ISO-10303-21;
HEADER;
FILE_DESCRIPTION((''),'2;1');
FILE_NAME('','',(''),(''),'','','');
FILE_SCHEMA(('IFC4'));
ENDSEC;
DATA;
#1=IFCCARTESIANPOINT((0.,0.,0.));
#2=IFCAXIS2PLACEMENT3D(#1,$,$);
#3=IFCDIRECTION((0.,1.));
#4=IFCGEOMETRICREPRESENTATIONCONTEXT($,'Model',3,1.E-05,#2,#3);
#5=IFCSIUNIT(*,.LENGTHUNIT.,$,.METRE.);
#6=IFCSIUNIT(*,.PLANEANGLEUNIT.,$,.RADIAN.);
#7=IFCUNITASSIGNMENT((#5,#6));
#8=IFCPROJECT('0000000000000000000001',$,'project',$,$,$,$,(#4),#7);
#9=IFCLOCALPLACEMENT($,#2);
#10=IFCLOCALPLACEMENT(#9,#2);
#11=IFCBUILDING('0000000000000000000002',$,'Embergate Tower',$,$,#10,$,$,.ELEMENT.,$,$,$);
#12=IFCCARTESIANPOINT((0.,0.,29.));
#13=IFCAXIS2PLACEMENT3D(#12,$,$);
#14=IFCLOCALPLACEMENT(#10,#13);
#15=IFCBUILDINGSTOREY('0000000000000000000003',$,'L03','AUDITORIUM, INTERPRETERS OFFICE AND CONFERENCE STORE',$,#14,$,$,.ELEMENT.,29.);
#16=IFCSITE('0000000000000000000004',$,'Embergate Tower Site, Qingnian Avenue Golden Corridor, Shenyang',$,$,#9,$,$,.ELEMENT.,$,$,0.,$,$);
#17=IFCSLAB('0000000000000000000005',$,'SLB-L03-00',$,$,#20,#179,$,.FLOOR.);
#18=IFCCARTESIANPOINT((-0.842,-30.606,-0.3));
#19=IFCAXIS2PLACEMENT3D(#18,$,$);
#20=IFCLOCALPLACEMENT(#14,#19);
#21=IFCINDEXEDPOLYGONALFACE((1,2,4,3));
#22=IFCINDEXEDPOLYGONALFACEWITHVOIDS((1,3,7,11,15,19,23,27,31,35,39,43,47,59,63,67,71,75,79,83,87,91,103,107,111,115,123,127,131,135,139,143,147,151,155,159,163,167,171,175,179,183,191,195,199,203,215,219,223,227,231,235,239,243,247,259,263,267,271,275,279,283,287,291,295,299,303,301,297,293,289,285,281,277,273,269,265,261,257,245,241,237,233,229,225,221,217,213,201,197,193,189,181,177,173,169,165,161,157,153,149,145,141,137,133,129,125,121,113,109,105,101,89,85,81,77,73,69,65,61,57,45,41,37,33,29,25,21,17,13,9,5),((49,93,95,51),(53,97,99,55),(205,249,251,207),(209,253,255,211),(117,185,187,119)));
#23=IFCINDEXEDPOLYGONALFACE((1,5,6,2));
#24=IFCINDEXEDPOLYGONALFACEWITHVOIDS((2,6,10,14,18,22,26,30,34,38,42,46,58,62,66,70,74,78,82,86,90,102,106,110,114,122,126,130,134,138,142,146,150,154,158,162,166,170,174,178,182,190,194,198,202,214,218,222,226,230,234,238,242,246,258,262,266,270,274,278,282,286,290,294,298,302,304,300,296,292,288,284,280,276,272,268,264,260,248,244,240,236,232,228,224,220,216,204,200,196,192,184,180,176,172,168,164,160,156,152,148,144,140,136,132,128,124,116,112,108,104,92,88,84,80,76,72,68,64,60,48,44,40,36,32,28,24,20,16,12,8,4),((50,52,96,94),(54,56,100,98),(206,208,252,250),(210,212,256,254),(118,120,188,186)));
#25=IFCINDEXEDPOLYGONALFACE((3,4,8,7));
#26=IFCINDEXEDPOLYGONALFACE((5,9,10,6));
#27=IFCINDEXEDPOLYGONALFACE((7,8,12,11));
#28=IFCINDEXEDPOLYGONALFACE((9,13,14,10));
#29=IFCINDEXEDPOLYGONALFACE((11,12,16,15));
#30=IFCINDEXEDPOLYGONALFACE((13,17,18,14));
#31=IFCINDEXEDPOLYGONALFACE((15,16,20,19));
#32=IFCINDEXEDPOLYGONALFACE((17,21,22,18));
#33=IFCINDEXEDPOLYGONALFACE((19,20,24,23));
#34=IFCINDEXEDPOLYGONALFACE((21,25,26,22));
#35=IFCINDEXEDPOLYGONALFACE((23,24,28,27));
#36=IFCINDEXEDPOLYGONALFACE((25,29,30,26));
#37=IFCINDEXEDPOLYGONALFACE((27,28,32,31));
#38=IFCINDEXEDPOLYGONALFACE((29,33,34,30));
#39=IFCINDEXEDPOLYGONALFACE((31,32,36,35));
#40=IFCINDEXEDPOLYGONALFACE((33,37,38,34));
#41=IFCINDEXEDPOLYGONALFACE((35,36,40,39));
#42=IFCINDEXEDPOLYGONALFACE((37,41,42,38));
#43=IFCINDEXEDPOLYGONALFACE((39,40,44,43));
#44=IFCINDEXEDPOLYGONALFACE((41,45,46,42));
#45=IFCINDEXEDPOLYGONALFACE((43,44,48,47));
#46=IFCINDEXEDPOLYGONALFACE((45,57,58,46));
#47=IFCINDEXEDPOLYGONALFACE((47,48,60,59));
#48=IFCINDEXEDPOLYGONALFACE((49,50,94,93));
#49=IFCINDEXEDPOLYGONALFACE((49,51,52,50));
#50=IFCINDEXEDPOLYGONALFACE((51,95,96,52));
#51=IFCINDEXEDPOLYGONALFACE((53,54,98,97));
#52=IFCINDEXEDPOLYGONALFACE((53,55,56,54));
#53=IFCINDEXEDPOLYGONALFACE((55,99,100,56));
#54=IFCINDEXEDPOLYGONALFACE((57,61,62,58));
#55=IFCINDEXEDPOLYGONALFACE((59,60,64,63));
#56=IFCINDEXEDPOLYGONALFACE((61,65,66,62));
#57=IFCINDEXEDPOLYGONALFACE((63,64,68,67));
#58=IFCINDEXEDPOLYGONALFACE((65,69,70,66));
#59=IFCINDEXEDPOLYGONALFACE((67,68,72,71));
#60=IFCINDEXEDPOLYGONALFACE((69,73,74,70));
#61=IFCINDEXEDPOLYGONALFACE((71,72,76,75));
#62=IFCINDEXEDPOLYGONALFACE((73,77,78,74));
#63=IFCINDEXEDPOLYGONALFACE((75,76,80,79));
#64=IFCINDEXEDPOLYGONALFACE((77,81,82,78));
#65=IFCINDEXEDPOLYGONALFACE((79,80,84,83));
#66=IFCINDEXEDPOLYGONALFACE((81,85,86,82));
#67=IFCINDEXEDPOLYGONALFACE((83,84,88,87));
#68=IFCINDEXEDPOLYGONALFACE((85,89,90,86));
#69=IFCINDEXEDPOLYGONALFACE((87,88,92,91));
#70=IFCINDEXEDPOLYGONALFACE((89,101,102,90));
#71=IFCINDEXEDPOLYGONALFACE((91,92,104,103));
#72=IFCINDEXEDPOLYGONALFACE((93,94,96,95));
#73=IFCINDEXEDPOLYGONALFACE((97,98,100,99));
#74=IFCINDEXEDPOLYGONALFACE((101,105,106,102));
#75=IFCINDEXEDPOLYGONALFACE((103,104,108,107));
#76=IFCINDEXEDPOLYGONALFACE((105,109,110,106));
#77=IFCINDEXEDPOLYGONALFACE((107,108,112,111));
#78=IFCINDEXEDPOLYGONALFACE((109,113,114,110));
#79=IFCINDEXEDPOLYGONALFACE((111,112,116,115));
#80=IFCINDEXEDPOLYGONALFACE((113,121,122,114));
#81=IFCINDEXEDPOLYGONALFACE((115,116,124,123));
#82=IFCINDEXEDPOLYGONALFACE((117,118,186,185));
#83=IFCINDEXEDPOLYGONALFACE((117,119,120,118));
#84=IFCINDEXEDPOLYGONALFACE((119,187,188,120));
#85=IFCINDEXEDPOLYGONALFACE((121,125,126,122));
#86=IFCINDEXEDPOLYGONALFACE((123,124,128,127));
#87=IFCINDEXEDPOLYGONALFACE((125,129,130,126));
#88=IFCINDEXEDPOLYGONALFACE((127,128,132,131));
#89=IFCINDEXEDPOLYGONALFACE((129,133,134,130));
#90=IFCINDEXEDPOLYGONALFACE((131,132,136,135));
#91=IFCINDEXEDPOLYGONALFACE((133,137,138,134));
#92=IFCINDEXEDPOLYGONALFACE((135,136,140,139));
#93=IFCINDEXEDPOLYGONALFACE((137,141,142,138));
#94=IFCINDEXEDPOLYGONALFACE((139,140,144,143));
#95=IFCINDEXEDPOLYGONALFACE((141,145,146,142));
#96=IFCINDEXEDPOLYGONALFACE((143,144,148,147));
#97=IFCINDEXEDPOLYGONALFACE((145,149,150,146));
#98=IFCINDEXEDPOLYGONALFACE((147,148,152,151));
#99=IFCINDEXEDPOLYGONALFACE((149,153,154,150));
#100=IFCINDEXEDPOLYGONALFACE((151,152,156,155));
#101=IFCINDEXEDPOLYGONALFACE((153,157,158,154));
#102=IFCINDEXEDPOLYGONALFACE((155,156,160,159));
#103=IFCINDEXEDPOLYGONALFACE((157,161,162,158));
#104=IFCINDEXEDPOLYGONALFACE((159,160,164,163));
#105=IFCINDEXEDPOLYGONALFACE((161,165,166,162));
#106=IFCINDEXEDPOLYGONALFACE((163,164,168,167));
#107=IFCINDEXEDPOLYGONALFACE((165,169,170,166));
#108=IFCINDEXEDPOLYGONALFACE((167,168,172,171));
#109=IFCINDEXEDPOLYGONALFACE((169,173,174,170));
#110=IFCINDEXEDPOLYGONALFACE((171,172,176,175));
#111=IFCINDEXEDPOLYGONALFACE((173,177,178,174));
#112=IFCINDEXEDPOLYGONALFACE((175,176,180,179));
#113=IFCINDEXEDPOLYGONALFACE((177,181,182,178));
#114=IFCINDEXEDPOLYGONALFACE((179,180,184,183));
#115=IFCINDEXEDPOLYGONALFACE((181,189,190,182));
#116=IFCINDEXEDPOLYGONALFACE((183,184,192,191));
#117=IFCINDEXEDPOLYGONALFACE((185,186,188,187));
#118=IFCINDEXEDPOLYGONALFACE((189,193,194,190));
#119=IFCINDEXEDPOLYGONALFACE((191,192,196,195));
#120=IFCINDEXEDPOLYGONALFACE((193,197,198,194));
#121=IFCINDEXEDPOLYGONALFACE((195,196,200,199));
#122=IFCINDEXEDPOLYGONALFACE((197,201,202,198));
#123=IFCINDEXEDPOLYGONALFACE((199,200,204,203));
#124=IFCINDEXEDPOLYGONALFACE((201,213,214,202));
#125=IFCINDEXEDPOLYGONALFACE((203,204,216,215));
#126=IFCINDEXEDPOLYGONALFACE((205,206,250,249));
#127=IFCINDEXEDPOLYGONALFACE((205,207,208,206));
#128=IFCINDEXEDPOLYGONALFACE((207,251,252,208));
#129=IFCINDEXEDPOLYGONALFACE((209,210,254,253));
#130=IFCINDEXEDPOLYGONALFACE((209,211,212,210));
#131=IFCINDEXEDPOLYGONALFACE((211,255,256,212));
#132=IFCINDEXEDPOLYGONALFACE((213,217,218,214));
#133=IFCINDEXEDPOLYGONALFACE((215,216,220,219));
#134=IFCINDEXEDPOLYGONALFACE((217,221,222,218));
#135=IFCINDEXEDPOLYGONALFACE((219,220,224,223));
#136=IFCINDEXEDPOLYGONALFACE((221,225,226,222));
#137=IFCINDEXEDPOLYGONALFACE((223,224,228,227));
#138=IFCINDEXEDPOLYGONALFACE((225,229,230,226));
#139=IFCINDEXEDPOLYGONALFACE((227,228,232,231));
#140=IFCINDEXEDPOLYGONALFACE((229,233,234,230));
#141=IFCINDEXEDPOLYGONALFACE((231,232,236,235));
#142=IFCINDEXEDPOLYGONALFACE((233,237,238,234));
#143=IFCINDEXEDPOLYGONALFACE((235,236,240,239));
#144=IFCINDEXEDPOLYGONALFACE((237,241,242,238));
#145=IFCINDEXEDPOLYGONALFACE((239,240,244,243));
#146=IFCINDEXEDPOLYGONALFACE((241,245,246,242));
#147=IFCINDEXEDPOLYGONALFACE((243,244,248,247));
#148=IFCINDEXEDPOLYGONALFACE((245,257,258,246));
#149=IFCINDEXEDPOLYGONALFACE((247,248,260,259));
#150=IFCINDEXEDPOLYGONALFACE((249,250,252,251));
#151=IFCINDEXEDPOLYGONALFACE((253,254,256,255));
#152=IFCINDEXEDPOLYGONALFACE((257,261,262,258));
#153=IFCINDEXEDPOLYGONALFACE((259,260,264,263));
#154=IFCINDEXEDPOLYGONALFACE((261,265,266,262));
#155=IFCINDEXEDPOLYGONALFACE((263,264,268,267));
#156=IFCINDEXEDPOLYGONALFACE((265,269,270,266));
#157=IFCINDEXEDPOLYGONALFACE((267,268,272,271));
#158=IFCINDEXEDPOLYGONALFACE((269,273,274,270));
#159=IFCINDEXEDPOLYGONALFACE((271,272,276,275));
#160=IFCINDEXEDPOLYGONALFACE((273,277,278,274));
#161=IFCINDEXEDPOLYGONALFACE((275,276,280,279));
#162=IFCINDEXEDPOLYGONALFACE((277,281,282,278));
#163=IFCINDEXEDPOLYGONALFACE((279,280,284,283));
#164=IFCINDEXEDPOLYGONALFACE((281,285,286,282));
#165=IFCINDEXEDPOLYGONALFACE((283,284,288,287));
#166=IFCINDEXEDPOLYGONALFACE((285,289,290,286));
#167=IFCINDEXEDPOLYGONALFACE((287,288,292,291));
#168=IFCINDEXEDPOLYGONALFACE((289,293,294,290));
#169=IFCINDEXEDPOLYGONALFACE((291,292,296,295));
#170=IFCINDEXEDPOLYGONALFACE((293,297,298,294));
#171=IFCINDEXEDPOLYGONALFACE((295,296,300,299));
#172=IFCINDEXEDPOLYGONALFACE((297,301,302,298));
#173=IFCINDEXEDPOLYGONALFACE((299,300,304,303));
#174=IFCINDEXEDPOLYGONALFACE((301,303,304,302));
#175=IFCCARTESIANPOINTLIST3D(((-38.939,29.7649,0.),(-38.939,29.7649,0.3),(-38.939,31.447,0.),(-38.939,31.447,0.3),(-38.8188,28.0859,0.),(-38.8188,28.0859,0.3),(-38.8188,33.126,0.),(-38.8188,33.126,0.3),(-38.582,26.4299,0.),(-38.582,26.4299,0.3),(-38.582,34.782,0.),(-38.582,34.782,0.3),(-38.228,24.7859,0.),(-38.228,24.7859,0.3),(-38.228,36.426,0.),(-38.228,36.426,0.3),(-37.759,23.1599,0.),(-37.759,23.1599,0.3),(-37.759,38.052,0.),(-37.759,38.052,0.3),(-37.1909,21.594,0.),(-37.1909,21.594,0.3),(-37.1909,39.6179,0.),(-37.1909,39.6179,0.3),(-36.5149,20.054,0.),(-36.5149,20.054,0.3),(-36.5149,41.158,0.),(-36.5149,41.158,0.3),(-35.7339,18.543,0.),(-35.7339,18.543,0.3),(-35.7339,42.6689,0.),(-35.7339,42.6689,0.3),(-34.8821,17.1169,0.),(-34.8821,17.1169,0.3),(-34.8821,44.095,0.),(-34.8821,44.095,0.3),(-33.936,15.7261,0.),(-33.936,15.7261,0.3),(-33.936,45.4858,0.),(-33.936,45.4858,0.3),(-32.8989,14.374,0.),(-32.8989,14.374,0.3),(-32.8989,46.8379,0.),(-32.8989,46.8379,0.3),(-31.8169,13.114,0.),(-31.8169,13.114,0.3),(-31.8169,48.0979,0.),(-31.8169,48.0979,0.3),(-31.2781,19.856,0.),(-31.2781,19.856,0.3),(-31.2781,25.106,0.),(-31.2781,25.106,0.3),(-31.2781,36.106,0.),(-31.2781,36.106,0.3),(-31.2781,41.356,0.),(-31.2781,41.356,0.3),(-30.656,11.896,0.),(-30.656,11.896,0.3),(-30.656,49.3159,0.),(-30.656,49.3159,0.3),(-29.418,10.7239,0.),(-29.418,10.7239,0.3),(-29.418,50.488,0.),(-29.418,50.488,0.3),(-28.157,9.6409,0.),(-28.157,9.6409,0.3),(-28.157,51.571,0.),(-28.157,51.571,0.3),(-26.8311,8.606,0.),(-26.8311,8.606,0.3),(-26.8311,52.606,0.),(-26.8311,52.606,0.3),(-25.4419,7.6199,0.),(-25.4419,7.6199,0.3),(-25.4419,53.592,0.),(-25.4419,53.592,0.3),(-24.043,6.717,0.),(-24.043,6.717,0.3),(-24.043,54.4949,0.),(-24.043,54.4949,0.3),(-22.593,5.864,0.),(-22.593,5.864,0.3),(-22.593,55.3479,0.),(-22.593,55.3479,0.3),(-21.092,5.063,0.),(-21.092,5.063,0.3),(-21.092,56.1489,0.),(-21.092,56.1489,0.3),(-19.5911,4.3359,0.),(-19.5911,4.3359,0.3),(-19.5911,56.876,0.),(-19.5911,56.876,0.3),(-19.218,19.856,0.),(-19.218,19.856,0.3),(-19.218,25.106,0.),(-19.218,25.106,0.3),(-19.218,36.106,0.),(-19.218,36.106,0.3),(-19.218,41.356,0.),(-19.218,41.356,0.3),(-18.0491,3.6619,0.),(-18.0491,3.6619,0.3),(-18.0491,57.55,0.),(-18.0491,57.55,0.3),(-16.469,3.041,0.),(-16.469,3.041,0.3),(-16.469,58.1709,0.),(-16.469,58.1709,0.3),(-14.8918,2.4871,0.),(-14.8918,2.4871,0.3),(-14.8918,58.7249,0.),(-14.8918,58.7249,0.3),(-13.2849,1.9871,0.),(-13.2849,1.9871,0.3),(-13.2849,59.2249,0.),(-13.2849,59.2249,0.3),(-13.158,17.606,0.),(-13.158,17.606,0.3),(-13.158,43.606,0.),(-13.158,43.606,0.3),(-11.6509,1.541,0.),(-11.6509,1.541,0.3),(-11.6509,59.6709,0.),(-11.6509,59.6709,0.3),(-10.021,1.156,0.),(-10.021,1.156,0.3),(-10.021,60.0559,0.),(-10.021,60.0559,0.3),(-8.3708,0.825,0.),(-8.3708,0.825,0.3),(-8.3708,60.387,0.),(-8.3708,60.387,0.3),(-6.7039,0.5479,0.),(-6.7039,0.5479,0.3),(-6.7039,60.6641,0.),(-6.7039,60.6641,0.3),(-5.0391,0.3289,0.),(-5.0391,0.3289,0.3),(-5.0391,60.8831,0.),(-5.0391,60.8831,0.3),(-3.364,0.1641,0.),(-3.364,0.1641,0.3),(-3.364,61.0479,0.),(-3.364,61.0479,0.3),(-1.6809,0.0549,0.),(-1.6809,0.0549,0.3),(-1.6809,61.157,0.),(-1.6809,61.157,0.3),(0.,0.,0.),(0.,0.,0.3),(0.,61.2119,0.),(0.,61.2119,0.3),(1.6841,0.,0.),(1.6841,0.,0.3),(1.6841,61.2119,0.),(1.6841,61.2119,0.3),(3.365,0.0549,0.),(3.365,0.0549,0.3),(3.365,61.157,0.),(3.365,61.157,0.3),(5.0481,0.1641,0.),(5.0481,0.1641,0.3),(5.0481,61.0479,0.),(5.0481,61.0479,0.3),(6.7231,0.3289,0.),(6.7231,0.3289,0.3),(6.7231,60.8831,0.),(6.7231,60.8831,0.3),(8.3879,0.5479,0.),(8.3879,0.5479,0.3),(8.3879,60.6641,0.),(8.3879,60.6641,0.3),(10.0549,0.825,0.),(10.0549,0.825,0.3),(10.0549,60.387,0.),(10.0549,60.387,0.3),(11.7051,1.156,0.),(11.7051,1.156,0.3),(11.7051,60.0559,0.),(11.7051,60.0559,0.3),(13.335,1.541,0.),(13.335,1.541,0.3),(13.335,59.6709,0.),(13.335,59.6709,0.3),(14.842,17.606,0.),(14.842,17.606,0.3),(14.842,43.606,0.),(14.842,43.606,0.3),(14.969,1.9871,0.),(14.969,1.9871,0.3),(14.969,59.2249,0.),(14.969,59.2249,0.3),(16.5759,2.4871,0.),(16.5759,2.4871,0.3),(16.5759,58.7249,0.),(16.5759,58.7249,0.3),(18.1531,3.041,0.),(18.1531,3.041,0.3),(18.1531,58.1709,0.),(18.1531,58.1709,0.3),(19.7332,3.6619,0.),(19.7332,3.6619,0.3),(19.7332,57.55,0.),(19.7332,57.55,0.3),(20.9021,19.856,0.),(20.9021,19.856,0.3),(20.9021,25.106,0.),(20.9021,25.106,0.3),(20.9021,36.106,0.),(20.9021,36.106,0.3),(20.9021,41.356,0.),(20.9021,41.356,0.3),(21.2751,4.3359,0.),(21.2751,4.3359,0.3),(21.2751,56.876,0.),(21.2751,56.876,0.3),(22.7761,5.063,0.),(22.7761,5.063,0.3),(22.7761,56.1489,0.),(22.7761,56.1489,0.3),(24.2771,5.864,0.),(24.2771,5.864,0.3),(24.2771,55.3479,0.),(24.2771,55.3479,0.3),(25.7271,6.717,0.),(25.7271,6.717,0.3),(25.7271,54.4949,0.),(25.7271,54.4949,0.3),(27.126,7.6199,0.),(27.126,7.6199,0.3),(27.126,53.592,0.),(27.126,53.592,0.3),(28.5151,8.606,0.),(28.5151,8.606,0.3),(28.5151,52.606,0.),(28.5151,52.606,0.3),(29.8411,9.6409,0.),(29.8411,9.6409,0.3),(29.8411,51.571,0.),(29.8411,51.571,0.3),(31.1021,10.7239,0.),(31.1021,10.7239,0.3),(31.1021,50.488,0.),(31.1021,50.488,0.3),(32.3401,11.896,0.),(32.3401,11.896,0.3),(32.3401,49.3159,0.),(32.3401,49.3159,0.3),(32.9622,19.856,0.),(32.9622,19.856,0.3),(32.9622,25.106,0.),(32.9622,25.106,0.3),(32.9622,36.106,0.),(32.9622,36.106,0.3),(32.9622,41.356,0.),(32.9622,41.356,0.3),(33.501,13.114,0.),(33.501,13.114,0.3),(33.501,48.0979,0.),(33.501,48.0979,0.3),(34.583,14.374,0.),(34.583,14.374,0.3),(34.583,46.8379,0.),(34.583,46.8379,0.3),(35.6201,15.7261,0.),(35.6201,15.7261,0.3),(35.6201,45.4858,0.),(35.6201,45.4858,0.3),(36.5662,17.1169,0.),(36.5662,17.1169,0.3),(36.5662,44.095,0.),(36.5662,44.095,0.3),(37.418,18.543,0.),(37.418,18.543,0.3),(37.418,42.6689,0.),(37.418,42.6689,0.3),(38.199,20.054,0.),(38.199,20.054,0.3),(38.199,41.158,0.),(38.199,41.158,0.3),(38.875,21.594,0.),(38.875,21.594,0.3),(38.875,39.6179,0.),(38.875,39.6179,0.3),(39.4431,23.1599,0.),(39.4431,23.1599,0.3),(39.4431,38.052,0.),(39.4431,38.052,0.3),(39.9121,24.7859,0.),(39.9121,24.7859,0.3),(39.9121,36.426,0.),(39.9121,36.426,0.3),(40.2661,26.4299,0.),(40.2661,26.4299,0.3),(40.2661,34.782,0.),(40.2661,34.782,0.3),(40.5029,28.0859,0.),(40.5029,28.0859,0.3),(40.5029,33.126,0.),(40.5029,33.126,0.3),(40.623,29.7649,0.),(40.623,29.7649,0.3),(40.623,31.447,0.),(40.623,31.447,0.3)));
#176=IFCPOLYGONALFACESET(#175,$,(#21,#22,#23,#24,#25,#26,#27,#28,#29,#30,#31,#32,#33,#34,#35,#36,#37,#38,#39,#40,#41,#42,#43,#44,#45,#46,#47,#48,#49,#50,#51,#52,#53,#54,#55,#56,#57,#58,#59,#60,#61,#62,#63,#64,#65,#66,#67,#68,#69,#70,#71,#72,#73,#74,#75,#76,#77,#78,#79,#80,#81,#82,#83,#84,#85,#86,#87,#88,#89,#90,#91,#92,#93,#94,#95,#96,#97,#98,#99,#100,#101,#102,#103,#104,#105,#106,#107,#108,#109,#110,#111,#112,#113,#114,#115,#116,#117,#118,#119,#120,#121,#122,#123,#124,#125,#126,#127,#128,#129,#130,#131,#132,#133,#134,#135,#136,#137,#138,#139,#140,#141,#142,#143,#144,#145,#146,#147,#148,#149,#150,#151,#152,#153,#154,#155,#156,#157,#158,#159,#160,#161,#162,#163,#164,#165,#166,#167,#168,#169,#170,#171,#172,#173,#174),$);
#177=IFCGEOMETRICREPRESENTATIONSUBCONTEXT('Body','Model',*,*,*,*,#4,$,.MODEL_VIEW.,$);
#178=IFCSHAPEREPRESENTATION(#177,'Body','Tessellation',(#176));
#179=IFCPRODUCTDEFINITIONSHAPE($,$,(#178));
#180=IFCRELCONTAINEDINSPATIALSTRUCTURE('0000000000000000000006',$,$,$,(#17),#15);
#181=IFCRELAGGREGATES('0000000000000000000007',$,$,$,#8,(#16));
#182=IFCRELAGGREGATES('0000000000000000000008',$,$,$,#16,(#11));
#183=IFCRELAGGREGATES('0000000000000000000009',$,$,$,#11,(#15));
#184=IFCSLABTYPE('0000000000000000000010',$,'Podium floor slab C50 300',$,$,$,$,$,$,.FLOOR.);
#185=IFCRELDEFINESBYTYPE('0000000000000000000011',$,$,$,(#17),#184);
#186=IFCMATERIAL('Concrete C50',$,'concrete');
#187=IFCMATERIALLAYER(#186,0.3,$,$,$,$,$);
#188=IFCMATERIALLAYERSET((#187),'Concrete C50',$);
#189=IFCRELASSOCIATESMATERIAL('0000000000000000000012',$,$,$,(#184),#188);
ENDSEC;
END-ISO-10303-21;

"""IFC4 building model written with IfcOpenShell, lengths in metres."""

from ifc_helpers import new_model, si_unit, direction, frame, origin, place, context, subcontext, project, spatial, polyline, outline, extrude, source, transform, mapped, material, layer, layer_set, type_object, element, save


model = new_model("IFC4")

# Units and contexts
model_context = context("Model", 3, precision=1e-05, world=origin(), true_north=direction((0.0, 1.0)))
body_context = subcontext(model_context, "Body", "Model", "MODEL_VIEW")
ifc_project = project(units=[si_unit("LENGTHUNIT", "METRE"), si_unit("PLANEANGLEUNIT", "RADIAN")], contexts=[model_context])

# Site, building, storey
site_placement = place(None, origin())
site = spatial("IfcSite", under=ifc_project, at=site_placement, Name="Embergate Tower Site, Qingnian Avenue Golden Corridor, Shenyang", CompositionType="ELEMENT", RefElevation=0.0)
building_placement = place(site_placement, origin())
building = spatial("IfcBuilding", under=site, at=building_placement, Name="Embergate Tower", CompositionType="ELEMENT")
storey_placement = place(building_placement, frame((0.0, 0.0, 29.0)))
storey = spatial("IfcBuildingStorey", under=building, at=storey_placement, Name="L03", Description="AUDITORIUM, INTERPRETERS OFFICE AND CONFERENCE STORE", CompositionType="ELEMENT", Elevation=29.0)

# Slab
ifc_material_1 = material(Name="Concrete C50", Category="concrete")
ifc_layer = layer(ifc_material_1, 0.3)
ifc_layer_set = layer_set([ifc_layer], Name="Concrete C50")
slab_type = type_object("IfcSlabType", Name="Podium floor slab C50 300", PredefinedType="FLOOR", material=ifc_layer_set)
shared_shape_1 = source(origin(), body_context, "Body", "SweptSolid", [
    extrude(outline(polyline([(0.0, 0.0), (1.6841, 0.0), (3.365, 0.0549), (5.0481, 0.1641), (6.7231, 0.3289), (8.3879, 0.5479), (10.0549, 0.825), (11.7051, 1.156), (13.335, 1.541), (14.969, 1.9871), (16.5759, 2.4871), (18.1531, 3.041), (19.7332, 3.6619), (21.2751, 4.3359), (22.7761, 5.063), (24.2771, 5.864), (25.7271, 6.717), (27.126, 7.6199), (28.5151, 8.606), (29.8411, 9.6409), (31.1021, 10.7239), (32.3401, 11.896), (33.501, 13.114), (34.583, 14.374), (35.6201, 15.7261), (36.5662, 17.1169), (37.418, 18.543), (38.199, 20.054), (38.875, 21.594), (39.4431, 23.1599), (39.9121, 24.7859), (40.2661, 26.4299), (40.5029, 28.0859), (40.623, 29.7649), (40.623, 31.447), (40.5029, 33.126), (40.2661, 34.782), (39.9121, 36.426), (39.4431, 38.052), (38.875, 39.6179), (38.199, 41.158), (37.418, 42.6689), (36.5662, 44.095), (35.6201, 45.4858), (34.583, 46.8379), (33.501, 48.0979), (32.3401, 49.3159), (31.1021, 50.488), (29.8411, 51.571), (28.5151, 52.606), (27.126, 53.592), (25.7271, 54.4949), (24.2771, 55.3479), (22.7761, 56.1489), (21.2751, 56.876), (19.7332, 57.55), (18.1531, 58.1709), (16.5759, 58.7249), (14.969, 59.2249), (13.335, 59.6709), (11.7051, 60.0559), (10.0549, 60.387), (8.3879, 60.6641), (6.7231, 60.8831), (5.0481, 61.0479), (3.365, 61.157), (1.6841, 61.2119), (0.0, 61.2119), (-1.6809, 61.157), (-3.364, 61.0479), (-5.0391, 60.8831), (-6.7039, 60.6641), (-8.3708, 60.387), (-10.021, 60.0559), (-11.6509, 59.6709), (-13.2849, 59.2249), (-14.8918, 58.7249), (-16.469, 58.1709), (-18.0491, 57.55), (-19.5911, 56.876), (-21.092, 56.1489), (-22.593, 55.3479), (-24.043, 54.4949), (-25.4419, 53.592), (-26.8311, 52.606), (-28.157, 51.571), (-29.418, 50.488), (-30.656, 49.3159), (-31.8169, 48.0979), (-32.8989, 46.8379), (-33.936, 45.4858), (-34.8821, 44.095), (-35.7339, 42.6689), (-36.5149, 41.158), (-37.1909, 39.6179), (-37.759, 38.052), (-38.228, 36.426), (-38.582, 34.782), (-38.8188, 33.126), (-38.939, 31.447), (-38.939, 29.7649), (-38.8188, 28.0859), (-38.582, 26.4299), (-38.228, 24.7859), (-37.759, 23.1599), (-37.1909, 21.594), (-36.5149, 20.054), (-35.7339, 18.543), (-34.8821, 17.1169), (-33.936, 15.7261), (-32.8989, 14.374), (-31.8169, 13.114), (-30.656, 11.896), (-29.418, 10.7239), (-28.157, 9.6409), (-26.8311, 8.606), (-25.4419, 7.6199), (-24.043, 6.717), (-22.593, 5.864), (-21.092, 5.063), (-19.5911, 4.3359), (-18.0491, 3.6619), (-16.469, 3.041), (-14.8918, 2.4871), (-13.2849, 1.9871), (-11.6509, 1.541), (-10.021, 1.156), (-8.3708, 0.825), (-6.7039, 0.5479), (-5.0391, 0.3289), (-3.364, 0.1641), (-1.6809, 0.0549), (0.0, 0.0)]), holes=[polyline([(-13.158, 17.606), (-13.158, 43.606), (14.842, 43.606), (14.842, 17.606), (-13.158, 17.606)]), polyline([(-31.2781, 19.856), (-31.2781, 25.106), (-19.218, 25.106), (-19.218, 19.856), (-31.2781, 19.856)]), polyline([(20.9021, 19.856), (20.9021, 25.106), (32.9622, 25.106), (32.9622, 19.856), (20.9021, 19.856)]), polyline([(-31.2781, 36.106), (-31.2781, 41.356), (-19.218, 41.356), (-19.218, 36.106), (-31.2781, 36.106)]), polyline([(20.9021, 36.106), (20.9021, 41.356), (32.9622, 41.356), (32.9622, 36.106), (20.9021, 36.106)])]), origin(), (0.0, 0.0, 1.0), 0.3),
])
slab_placement = place(storey_placement, frame((-0.842, -30.606, -0.3)))
element("IfcSlab", 1, at=slab_placement, inside=storey, type_object=slab_type, Name="SLB-L03-00", PredefinedType="FLOOR", context=body_context, shape_type="MappedRepresentation", body=[
    mapped(shared_shape_1, transform((0.0, 0.0, 0.0))),
])

save(model, "model.ifc")
